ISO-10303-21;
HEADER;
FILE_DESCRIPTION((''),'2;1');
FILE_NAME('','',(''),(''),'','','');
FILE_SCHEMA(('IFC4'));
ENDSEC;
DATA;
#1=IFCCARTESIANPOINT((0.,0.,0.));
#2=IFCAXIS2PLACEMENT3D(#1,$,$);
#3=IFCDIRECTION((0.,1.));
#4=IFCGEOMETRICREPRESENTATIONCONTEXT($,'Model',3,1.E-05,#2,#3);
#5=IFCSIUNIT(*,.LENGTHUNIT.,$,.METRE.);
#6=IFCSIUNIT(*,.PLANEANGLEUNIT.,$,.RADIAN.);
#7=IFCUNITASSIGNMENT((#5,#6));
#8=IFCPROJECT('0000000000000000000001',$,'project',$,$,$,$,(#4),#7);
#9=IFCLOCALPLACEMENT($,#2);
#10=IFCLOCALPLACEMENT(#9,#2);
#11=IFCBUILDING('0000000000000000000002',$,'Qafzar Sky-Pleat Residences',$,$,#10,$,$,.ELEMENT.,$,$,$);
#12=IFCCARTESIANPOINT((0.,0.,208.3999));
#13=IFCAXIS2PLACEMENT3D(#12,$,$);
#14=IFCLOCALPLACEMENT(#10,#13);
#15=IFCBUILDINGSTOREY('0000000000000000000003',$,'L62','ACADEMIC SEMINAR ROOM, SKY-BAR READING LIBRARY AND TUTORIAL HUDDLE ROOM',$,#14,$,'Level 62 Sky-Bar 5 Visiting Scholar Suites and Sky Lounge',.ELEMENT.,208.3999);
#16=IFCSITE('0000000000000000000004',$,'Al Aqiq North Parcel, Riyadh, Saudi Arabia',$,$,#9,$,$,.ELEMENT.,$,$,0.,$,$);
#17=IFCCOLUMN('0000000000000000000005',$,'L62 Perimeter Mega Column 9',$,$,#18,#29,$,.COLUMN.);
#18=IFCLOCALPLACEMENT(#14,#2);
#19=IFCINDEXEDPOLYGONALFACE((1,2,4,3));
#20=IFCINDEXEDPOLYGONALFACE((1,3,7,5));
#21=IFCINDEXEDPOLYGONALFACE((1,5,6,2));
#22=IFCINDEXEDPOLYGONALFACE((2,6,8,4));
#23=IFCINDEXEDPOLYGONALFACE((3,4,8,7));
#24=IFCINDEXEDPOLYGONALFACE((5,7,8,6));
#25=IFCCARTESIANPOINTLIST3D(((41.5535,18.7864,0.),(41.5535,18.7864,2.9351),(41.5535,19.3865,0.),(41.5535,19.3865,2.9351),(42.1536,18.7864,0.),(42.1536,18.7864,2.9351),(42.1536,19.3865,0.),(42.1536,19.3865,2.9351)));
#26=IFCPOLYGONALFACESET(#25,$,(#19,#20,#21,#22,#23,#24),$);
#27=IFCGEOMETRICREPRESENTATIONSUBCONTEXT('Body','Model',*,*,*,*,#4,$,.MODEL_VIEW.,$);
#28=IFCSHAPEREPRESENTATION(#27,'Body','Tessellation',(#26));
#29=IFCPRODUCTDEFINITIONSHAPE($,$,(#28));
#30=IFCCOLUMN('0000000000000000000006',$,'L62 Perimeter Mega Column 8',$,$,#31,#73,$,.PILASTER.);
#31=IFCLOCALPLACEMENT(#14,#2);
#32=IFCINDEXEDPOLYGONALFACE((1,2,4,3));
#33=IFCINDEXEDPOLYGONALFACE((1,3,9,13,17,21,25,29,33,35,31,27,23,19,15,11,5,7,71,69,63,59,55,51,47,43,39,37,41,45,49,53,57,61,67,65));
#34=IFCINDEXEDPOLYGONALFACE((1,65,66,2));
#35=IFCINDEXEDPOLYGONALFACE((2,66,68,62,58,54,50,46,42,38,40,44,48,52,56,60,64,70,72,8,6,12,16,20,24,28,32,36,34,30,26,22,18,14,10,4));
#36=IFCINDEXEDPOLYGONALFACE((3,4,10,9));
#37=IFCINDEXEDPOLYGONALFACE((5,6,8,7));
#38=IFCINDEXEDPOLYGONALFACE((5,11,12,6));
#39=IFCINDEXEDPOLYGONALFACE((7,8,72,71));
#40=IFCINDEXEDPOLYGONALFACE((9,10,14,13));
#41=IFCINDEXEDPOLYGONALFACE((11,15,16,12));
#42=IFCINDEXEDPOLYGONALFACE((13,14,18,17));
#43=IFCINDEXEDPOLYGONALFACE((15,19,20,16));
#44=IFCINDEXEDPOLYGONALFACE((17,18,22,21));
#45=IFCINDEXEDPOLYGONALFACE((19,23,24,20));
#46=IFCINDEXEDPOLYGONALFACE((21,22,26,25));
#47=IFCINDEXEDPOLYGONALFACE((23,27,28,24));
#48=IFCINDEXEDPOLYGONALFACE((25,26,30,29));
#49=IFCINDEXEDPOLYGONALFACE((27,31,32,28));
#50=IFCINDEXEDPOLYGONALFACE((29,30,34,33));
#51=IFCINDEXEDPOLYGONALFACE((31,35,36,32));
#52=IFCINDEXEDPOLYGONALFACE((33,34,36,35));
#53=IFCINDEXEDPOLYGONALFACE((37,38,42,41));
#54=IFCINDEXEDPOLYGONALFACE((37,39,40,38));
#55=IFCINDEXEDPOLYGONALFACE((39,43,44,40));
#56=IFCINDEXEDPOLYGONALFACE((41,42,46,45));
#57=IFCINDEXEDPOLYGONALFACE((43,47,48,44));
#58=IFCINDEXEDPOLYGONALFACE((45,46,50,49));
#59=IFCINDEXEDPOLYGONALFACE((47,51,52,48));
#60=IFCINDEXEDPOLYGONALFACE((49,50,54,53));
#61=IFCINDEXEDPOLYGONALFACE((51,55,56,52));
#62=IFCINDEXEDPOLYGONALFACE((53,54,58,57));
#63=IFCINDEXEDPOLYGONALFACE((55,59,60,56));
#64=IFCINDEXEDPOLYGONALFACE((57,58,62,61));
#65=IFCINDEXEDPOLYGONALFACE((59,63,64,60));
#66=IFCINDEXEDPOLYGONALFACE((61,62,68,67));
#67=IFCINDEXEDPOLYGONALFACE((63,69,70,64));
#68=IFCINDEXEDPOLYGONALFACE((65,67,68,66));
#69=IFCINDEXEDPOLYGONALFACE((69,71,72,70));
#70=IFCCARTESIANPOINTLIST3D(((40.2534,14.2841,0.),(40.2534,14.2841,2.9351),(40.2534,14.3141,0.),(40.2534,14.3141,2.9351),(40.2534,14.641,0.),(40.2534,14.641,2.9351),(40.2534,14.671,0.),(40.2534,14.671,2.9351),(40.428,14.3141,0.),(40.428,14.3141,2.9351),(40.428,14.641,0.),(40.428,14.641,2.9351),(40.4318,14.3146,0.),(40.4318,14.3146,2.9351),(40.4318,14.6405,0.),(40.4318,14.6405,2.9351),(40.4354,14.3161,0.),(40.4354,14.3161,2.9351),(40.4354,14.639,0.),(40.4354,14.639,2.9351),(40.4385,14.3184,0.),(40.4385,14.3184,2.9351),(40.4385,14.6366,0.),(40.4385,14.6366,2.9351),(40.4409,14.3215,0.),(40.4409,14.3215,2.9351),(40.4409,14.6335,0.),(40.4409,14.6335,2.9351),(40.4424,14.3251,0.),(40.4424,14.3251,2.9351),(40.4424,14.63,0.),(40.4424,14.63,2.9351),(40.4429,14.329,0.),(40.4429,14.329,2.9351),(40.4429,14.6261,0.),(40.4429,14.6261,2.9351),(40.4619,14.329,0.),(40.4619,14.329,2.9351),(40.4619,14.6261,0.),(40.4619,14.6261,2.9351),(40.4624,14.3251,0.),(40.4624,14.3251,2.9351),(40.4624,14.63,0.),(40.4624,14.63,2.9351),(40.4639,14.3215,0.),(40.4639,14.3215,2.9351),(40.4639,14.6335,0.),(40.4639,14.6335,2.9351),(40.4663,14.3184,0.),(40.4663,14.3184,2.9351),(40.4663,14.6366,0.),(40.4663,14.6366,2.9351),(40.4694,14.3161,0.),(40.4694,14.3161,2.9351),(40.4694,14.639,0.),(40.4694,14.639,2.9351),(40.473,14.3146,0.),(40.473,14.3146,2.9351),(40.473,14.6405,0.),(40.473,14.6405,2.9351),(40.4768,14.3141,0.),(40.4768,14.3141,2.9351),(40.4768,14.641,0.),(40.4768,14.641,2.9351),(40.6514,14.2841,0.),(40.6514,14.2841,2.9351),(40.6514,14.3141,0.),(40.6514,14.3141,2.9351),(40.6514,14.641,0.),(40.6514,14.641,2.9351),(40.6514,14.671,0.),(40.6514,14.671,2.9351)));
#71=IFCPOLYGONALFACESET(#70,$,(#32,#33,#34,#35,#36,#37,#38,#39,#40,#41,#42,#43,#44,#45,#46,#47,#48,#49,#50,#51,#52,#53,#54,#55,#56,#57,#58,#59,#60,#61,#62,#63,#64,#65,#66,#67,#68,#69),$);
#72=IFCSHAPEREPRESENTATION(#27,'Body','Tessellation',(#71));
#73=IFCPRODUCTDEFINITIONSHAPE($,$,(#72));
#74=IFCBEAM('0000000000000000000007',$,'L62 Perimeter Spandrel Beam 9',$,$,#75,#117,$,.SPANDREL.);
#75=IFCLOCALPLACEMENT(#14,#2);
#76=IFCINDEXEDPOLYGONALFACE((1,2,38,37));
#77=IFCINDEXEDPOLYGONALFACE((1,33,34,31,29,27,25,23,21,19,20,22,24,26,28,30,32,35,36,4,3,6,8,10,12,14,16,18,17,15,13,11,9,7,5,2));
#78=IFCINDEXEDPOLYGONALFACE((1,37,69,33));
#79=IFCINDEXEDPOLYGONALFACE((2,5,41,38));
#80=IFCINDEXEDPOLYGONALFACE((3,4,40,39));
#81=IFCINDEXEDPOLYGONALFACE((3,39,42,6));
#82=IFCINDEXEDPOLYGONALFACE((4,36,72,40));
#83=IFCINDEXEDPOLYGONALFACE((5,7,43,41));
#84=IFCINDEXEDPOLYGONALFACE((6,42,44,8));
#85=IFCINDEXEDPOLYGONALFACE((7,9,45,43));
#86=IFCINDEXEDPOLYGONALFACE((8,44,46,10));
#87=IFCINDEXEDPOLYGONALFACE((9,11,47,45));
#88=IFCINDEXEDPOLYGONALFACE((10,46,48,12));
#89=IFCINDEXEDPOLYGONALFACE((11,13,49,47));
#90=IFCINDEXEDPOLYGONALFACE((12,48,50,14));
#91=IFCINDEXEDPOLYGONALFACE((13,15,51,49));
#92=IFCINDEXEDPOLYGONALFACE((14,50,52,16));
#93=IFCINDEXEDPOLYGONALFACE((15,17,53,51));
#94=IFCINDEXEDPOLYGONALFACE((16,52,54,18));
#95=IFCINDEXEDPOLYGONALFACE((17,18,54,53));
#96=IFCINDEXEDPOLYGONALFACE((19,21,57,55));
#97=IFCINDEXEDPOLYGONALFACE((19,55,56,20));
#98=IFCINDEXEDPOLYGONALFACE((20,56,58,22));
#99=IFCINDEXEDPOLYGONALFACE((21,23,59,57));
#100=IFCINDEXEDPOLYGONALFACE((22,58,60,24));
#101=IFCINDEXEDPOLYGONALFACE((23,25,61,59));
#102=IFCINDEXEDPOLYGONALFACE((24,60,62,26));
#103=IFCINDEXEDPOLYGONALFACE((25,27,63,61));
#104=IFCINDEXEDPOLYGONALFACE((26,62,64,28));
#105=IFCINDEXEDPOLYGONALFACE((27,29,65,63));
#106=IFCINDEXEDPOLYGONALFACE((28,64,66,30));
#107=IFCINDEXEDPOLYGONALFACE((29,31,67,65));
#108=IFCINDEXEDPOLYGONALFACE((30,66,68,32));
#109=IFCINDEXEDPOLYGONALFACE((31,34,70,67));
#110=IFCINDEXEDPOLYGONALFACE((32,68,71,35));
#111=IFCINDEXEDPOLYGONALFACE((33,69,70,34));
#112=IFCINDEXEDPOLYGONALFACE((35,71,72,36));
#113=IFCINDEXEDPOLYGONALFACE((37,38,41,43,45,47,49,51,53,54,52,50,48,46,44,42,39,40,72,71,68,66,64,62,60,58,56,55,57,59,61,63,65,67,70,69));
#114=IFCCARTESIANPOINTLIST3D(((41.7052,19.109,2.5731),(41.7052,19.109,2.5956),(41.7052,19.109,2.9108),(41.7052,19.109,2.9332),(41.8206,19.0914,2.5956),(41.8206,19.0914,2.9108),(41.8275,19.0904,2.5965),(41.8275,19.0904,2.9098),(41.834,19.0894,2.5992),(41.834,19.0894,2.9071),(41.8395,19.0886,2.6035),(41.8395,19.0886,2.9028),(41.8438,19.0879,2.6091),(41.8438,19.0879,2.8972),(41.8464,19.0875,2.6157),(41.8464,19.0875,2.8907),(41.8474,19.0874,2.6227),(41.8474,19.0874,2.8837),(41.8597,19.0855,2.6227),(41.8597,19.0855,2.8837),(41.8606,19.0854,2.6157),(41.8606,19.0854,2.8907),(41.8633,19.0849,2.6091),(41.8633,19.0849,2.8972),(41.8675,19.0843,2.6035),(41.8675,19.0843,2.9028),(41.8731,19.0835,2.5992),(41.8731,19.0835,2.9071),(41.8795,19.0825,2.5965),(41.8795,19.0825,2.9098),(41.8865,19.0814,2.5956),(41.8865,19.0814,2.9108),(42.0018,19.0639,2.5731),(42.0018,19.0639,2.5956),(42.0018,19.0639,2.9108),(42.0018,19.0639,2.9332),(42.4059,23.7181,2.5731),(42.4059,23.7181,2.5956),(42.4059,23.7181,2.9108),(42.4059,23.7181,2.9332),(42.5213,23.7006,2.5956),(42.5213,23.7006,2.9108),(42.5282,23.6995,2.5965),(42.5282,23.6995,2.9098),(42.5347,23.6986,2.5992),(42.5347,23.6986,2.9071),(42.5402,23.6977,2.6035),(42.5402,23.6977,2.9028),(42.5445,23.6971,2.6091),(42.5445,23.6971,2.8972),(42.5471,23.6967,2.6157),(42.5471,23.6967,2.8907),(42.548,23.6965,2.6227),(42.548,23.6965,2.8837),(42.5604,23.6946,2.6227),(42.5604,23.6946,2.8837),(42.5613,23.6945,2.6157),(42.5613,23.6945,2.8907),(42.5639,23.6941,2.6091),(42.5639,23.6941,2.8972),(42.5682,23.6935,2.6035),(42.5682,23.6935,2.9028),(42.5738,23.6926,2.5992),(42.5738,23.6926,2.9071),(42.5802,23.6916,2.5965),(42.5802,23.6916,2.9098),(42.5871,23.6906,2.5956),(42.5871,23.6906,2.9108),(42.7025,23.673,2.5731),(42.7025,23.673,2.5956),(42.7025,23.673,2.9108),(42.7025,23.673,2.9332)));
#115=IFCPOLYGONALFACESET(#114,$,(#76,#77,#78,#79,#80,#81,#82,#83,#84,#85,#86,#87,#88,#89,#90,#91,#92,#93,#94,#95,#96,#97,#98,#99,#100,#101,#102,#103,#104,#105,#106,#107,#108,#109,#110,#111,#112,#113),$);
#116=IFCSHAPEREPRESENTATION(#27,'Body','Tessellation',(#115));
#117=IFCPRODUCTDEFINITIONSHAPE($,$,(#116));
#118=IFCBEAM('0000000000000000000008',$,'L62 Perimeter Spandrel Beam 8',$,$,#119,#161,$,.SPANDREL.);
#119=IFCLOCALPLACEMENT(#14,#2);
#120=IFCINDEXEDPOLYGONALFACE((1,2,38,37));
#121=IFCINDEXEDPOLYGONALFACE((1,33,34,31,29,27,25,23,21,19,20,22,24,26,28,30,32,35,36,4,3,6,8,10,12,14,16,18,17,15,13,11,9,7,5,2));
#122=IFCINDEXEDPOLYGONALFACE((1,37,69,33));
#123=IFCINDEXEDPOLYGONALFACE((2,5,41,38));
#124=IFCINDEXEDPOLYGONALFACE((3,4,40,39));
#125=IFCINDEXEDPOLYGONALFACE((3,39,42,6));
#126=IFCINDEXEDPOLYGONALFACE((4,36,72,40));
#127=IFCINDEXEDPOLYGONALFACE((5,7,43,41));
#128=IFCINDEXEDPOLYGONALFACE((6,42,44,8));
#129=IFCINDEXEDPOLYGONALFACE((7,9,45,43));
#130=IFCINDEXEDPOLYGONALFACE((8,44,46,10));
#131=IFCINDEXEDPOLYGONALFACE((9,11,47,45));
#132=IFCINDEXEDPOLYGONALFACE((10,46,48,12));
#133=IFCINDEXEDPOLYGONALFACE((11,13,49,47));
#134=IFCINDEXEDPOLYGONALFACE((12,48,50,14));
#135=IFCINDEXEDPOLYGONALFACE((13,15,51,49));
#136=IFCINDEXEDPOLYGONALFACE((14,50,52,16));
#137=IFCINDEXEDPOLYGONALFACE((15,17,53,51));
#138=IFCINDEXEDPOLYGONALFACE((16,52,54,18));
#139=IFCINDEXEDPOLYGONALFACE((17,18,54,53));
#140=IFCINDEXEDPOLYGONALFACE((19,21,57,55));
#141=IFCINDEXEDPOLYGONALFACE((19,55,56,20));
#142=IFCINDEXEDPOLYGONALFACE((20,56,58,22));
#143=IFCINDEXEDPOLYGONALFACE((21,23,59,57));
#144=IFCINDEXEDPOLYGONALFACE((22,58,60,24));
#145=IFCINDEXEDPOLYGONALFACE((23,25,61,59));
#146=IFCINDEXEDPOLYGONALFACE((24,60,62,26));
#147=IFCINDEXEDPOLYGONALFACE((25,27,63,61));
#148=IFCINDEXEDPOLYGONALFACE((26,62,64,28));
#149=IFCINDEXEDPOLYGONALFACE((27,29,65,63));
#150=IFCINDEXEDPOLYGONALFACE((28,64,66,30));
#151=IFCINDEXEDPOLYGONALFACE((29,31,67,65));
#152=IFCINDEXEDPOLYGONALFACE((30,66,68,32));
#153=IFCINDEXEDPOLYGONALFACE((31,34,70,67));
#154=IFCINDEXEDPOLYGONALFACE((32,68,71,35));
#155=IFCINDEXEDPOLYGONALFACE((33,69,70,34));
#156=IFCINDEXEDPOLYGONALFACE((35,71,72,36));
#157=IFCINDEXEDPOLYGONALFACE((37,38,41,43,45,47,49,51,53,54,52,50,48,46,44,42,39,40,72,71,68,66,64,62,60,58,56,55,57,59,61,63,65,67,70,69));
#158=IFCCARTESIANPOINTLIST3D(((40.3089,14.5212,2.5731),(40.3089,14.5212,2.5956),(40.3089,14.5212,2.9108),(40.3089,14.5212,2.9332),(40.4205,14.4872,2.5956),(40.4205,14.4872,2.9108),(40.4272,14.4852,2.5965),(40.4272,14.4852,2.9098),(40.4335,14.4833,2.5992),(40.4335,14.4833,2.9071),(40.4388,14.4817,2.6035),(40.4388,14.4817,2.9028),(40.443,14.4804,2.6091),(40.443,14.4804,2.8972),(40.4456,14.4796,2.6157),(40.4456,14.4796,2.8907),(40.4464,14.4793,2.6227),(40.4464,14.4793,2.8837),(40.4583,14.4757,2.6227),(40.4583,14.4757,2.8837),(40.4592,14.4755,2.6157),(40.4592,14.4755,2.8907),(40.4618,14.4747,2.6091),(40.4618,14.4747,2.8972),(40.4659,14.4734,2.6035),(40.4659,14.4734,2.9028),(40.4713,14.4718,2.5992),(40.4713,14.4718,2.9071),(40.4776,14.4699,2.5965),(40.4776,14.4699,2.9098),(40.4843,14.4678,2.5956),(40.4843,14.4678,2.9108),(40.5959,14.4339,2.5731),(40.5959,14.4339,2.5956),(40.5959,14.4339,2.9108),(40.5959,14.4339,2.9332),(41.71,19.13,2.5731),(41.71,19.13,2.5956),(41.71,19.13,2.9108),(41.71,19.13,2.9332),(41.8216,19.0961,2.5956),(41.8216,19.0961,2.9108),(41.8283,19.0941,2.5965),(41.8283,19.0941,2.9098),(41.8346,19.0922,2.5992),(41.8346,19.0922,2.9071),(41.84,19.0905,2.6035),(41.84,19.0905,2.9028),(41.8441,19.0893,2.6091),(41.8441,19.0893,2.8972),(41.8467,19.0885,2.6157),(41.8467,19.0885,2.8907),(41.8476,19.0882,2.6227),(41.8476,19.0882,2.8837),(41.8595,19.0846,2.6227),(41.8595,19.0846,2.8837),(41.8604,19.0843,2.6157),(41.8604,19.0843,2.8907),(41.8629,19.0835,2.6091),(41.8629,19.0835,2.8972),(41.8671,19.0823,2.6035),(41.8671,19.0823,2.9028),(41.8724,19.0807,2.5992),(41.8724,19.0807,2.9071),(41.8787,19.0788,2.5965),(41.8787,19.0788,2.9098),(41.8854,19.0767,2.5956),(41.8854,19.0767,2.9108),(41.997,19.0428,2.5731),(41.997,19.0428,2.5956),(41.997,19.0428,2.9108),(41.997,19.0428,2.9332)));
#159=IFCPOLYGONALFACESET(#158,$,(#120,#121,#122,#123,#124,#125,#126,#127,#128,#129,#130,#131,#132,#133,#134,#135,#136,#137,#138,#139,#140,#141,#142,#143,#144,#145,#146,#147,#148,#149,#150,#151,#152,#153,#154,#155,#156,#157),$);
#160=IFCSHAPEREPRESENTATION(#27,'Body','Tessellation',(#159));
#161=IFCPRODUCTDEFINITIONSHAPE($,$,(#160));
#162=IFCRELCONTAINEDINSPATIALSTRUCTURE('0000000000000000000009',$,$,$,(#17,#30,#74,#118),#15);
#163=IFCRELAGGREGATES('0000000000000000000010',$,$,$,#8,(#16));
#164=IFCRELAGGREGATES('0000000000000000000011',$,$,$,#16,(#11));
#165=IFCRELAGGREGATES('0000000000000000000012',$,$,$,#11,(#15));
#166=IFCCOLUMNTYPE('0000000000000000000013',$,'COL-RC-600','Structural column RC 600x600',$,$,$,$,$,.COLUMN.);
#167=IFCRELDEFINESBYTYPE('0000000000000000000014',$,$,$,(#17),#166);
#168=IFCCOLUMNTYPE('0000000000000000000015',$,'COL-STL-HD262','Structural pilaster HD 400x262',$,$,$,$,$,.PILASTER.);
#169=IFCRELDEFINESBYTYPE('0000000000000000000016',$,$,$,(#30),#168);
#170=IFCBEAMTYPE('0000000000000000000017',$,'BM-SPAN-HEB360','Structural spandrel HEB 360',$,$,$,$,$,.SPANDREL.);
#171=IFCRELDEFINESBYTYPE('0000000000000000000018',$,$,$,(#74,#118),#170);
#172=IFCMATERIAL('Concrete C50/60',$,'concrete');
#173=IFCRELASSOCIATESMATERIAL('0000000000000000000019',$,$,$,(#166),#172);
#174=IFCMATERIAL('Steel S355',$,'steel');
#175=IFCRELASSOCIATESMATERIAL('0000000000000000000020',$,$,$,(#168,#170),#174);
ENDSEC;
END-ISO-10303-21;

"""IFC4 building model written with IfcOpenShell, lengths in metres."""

from ifc_helpers import new_model, si_unit, direction, frame, origin, origin_2d, place, context, subcontext, project, spatial, rectangle, i_section, extrude, source, transform, mapped, material, material_profile, profile_set, type_object, element, save


model = new_model("IFC4")

# Units and contexts
model_context = context("Model", 3, precision=1e-05, world=origin(), true_north=direction((0.0, 1.0)))
body_context = subcontext(model_context, "Body", "Model", "MODEL_VIEW")
ifc_project = project(units=[si_unit("LENGTHUNIT", "METRE"), si_unit("PLANEANGLEUNIT", "RADIAN")], contexts=[model_context])

# Site, building, storey
site_placement = place(None, origin())
site = spatial("IfcSite", under=ifc_project, at=site_placement, Name="Al Aqiq North Parcel, Riyadh, Saudi Arabia", CompositionType="ELEMENT", RefElevation=0.0)
building_placement = place(site_placement, origin())
building = spatial("IfcBuilding", under=site, at=building_placement, Name="Qafzar Sky-Pleat Residences", CompositionType="ELEMENT")
storey_placement = place(building_placement, frame((0.0, 0.0, 208.3999)))
storey = spatial("IfcBuildingStorey", under=building, at=storey_placement, Name="L62", Description="ACADEMIC SEMINAR ROOM, SKY-BAR READING LIBRARY AND TUTORIAL HUDDLE ROOM", LongName="Level 62 Sky-Bar 5 Visiting Scholar Suites and Sky Lounge", CompositionType="ELEMENT", Elevation=208.3999)

# Columns
ifc_material_1 = material(Name="Concrete C50/60", Category="concrete")
ifc_material_profile_1 = material_profile(ifc_material_1, rectangle(XDim=0.6001, YDim=0.6001, at=origin_2d()), Name="RC 600x600")
ifc_profile_set_1 = profile_set([ifc_material_profile_1], Name="Concrete C50/60")
column_type_1 = type_object("IfcColumnType", Name="COL-RC-600", Description="Structural column RC 600x600", PredefinedType="COLUMN", material=ifc_profile_set_1)
shared_shape_1 = source(origin(), body_context, "Body", "SweptSolid", [
    extrude(rectangle(XDim=0.6001, YDim=0.6001, at=origin_2d()), origin(), (0.0, 0.0, 1.0), 2.9351),
])
column_1_placement = place(storey_placement, frame((41.8535, 19.0864, 0.0), z_axis=(0.0, 0.0, 1.0), x_axis=(1.0, 0.0, 0.0)))
element("IfcColumn", 1, at=column_1_placement, inside=storey, type_object=column_type_1, Name="L62 Perimeter Mega Column 9", PredefinedType="COLUMN", context=body_context, shape_type="MappedRepresentation", body=[
    mapped(shared_shape_1, transform((0.0, 0.0, 0.0), x_axis=(1.0, 0.0, 0.0), y_axis=(0.0, 1.0, 0.0), z_axis=(0.0, 0.0, 1.0), scale=1.0)),
])
ifc_material_2 = material(Name="Steel S355", Category="steel")
ifc_material_profile_2 = material_profile(ifc_material_2, i_section(OverallWidth=0.3979, OverallDepth=0.387, WebThickness=0.019, FlangeThickness=0.03, FilletRadius=0.0149, at=origin_2d()), Name="HD 400x262")
ifc_profile_set_2 = profile_set([ifc_material_profile_2], Name="Steel S355")
column_type_2 = type_object("IfcColumnType", Name="COL-STL-HD262", Description="Structural pilaster HD 400x262", PredefinedType="PILASTER", material=ifc_profile_set_2)
shared_shape_2 = source(origin(), body_context, "Body", "SweptSolid", [
    extrude(i_section(OverallWidth=0.3979, OverallDepth=0.387, WebThickness=0.019, FlangeThickness=0.03, FilletRadius=0.0149, at=origin_2d()), origin(), (0.0, 0.0, 1.0), 2.9351),
])
column_2_placement = place(storey_placement, frame((40.4524, 14.4775, 0.0), z_axis=(0.0, 0.0, 1.0), x_axis=(1.0, 0.0, 0.0)))
element("IfcColumn", 2, at=column_2_placement, inside=storey, type_object=column_type_2, Name="L62 Perimeter Mega Column 8", PredefinedType="PILASTER", context=body_context, shape_type="MappedRepresentation", body=[
    mapped(shared_shape_2, transform((0.0, 0.0, 0.0), x_axis=(1.0, 0.0, 0.0), y_axis=(0.0, 1.0, 0.0), z_axis=(0.0, 0.0, 1.0), scale=1.0)),
])

# Beams
ifc_material_profile_3 = material_profile(ifc_material_2, i_section(OverallWidth=0.3, OverallDepth=0.3601, WebThickness=0.0125, FlangeThickness=0.0225, FilletRadius=0.0271, at=origin_2d()), Name="HEB 360")
ifc_profile_set_3 = profile_set([ifc_material_profile_3], Name="Steel S355")
beam_type_1 = type_object("IfcBeamType", Name="BM-SPAN-HEB360", Description="Structural spandrel HEB 360", PredefinedType="SPANDREL", material=ifc_profile_set_3)
shared_shape_3 = source(origin(), body_context, "Body", "SweptSolid", [
    extrude(i_section(OverallWidth=0.3, OverallDepth=0.3601, WebThickness=0.0125, FlangeThickness=0.0225, FilletRadius=0.0271, at=origin_2d()), origin(), (0.0, 0.0, 1.0), 4.6621),
])
beam_1_placement = place(storey_placement, frame((41.8535, 19.0864, 2.7532), z_axis=(0.150294, 0.988641, 0.0), x_axis=(-0.988641, 0.150294, 0.0)))
element("IfcBeam", 3, at=beam_1_placement, inside=storey, type_object=beam_type_1, Name="L62 Perimeter Spandrel Beam 9", PredefinedType="SPANDREL", context=body_context, shape_type="MappedRepresentation", body=[
    mapped(shared_shape_3, transform((0.0, 0.0, 0.0), x_axis=(1.0, 0.0, 0.0), y_axis=(0.0, 1.0, 0.0), z_axis=(0.0, 0.0, 1.0), scale=1.0)),
])
shared_shape_4 = source(origin(), body_context, "Body", "SweptSolid", [
    extrude(i_section(OverallWidth=0.3, OverallDepth=0.3601, WebThickness=0.0125, FlangeThickness=0.0225, FilletRadius=0.0271, at=origin_2d()), origin(), (0.0, 0.0, 1.0), 4.8171),
])
beam_2_placement = place(storey_placement, frame((40.4524, 14.4775, 2.7532), z_axis=(0.290861, 0.956765, 0.0), x_axis=(-0.956765, 0.290861, 0.0)))
element("IfcBeam", 4, at=beam_2_placement, inside=storey, type_object=beam_type_1, Name="L62 Perimeter Spandrel Beam 8", PredefinedType="SPANDREL", context=body_context, shape_type="MappedRepresentation", body=[
    mapped(shared_shape_4, transform((0.0, 0.0, 0.0), x_axis=(1.0, 0.0, 0.0), y_axis=(0.0, 1.0, 0.0), z_axis=(0.0, 0.0, 1.0), scale=1.0)),
])

save(model, "model.ifc")
